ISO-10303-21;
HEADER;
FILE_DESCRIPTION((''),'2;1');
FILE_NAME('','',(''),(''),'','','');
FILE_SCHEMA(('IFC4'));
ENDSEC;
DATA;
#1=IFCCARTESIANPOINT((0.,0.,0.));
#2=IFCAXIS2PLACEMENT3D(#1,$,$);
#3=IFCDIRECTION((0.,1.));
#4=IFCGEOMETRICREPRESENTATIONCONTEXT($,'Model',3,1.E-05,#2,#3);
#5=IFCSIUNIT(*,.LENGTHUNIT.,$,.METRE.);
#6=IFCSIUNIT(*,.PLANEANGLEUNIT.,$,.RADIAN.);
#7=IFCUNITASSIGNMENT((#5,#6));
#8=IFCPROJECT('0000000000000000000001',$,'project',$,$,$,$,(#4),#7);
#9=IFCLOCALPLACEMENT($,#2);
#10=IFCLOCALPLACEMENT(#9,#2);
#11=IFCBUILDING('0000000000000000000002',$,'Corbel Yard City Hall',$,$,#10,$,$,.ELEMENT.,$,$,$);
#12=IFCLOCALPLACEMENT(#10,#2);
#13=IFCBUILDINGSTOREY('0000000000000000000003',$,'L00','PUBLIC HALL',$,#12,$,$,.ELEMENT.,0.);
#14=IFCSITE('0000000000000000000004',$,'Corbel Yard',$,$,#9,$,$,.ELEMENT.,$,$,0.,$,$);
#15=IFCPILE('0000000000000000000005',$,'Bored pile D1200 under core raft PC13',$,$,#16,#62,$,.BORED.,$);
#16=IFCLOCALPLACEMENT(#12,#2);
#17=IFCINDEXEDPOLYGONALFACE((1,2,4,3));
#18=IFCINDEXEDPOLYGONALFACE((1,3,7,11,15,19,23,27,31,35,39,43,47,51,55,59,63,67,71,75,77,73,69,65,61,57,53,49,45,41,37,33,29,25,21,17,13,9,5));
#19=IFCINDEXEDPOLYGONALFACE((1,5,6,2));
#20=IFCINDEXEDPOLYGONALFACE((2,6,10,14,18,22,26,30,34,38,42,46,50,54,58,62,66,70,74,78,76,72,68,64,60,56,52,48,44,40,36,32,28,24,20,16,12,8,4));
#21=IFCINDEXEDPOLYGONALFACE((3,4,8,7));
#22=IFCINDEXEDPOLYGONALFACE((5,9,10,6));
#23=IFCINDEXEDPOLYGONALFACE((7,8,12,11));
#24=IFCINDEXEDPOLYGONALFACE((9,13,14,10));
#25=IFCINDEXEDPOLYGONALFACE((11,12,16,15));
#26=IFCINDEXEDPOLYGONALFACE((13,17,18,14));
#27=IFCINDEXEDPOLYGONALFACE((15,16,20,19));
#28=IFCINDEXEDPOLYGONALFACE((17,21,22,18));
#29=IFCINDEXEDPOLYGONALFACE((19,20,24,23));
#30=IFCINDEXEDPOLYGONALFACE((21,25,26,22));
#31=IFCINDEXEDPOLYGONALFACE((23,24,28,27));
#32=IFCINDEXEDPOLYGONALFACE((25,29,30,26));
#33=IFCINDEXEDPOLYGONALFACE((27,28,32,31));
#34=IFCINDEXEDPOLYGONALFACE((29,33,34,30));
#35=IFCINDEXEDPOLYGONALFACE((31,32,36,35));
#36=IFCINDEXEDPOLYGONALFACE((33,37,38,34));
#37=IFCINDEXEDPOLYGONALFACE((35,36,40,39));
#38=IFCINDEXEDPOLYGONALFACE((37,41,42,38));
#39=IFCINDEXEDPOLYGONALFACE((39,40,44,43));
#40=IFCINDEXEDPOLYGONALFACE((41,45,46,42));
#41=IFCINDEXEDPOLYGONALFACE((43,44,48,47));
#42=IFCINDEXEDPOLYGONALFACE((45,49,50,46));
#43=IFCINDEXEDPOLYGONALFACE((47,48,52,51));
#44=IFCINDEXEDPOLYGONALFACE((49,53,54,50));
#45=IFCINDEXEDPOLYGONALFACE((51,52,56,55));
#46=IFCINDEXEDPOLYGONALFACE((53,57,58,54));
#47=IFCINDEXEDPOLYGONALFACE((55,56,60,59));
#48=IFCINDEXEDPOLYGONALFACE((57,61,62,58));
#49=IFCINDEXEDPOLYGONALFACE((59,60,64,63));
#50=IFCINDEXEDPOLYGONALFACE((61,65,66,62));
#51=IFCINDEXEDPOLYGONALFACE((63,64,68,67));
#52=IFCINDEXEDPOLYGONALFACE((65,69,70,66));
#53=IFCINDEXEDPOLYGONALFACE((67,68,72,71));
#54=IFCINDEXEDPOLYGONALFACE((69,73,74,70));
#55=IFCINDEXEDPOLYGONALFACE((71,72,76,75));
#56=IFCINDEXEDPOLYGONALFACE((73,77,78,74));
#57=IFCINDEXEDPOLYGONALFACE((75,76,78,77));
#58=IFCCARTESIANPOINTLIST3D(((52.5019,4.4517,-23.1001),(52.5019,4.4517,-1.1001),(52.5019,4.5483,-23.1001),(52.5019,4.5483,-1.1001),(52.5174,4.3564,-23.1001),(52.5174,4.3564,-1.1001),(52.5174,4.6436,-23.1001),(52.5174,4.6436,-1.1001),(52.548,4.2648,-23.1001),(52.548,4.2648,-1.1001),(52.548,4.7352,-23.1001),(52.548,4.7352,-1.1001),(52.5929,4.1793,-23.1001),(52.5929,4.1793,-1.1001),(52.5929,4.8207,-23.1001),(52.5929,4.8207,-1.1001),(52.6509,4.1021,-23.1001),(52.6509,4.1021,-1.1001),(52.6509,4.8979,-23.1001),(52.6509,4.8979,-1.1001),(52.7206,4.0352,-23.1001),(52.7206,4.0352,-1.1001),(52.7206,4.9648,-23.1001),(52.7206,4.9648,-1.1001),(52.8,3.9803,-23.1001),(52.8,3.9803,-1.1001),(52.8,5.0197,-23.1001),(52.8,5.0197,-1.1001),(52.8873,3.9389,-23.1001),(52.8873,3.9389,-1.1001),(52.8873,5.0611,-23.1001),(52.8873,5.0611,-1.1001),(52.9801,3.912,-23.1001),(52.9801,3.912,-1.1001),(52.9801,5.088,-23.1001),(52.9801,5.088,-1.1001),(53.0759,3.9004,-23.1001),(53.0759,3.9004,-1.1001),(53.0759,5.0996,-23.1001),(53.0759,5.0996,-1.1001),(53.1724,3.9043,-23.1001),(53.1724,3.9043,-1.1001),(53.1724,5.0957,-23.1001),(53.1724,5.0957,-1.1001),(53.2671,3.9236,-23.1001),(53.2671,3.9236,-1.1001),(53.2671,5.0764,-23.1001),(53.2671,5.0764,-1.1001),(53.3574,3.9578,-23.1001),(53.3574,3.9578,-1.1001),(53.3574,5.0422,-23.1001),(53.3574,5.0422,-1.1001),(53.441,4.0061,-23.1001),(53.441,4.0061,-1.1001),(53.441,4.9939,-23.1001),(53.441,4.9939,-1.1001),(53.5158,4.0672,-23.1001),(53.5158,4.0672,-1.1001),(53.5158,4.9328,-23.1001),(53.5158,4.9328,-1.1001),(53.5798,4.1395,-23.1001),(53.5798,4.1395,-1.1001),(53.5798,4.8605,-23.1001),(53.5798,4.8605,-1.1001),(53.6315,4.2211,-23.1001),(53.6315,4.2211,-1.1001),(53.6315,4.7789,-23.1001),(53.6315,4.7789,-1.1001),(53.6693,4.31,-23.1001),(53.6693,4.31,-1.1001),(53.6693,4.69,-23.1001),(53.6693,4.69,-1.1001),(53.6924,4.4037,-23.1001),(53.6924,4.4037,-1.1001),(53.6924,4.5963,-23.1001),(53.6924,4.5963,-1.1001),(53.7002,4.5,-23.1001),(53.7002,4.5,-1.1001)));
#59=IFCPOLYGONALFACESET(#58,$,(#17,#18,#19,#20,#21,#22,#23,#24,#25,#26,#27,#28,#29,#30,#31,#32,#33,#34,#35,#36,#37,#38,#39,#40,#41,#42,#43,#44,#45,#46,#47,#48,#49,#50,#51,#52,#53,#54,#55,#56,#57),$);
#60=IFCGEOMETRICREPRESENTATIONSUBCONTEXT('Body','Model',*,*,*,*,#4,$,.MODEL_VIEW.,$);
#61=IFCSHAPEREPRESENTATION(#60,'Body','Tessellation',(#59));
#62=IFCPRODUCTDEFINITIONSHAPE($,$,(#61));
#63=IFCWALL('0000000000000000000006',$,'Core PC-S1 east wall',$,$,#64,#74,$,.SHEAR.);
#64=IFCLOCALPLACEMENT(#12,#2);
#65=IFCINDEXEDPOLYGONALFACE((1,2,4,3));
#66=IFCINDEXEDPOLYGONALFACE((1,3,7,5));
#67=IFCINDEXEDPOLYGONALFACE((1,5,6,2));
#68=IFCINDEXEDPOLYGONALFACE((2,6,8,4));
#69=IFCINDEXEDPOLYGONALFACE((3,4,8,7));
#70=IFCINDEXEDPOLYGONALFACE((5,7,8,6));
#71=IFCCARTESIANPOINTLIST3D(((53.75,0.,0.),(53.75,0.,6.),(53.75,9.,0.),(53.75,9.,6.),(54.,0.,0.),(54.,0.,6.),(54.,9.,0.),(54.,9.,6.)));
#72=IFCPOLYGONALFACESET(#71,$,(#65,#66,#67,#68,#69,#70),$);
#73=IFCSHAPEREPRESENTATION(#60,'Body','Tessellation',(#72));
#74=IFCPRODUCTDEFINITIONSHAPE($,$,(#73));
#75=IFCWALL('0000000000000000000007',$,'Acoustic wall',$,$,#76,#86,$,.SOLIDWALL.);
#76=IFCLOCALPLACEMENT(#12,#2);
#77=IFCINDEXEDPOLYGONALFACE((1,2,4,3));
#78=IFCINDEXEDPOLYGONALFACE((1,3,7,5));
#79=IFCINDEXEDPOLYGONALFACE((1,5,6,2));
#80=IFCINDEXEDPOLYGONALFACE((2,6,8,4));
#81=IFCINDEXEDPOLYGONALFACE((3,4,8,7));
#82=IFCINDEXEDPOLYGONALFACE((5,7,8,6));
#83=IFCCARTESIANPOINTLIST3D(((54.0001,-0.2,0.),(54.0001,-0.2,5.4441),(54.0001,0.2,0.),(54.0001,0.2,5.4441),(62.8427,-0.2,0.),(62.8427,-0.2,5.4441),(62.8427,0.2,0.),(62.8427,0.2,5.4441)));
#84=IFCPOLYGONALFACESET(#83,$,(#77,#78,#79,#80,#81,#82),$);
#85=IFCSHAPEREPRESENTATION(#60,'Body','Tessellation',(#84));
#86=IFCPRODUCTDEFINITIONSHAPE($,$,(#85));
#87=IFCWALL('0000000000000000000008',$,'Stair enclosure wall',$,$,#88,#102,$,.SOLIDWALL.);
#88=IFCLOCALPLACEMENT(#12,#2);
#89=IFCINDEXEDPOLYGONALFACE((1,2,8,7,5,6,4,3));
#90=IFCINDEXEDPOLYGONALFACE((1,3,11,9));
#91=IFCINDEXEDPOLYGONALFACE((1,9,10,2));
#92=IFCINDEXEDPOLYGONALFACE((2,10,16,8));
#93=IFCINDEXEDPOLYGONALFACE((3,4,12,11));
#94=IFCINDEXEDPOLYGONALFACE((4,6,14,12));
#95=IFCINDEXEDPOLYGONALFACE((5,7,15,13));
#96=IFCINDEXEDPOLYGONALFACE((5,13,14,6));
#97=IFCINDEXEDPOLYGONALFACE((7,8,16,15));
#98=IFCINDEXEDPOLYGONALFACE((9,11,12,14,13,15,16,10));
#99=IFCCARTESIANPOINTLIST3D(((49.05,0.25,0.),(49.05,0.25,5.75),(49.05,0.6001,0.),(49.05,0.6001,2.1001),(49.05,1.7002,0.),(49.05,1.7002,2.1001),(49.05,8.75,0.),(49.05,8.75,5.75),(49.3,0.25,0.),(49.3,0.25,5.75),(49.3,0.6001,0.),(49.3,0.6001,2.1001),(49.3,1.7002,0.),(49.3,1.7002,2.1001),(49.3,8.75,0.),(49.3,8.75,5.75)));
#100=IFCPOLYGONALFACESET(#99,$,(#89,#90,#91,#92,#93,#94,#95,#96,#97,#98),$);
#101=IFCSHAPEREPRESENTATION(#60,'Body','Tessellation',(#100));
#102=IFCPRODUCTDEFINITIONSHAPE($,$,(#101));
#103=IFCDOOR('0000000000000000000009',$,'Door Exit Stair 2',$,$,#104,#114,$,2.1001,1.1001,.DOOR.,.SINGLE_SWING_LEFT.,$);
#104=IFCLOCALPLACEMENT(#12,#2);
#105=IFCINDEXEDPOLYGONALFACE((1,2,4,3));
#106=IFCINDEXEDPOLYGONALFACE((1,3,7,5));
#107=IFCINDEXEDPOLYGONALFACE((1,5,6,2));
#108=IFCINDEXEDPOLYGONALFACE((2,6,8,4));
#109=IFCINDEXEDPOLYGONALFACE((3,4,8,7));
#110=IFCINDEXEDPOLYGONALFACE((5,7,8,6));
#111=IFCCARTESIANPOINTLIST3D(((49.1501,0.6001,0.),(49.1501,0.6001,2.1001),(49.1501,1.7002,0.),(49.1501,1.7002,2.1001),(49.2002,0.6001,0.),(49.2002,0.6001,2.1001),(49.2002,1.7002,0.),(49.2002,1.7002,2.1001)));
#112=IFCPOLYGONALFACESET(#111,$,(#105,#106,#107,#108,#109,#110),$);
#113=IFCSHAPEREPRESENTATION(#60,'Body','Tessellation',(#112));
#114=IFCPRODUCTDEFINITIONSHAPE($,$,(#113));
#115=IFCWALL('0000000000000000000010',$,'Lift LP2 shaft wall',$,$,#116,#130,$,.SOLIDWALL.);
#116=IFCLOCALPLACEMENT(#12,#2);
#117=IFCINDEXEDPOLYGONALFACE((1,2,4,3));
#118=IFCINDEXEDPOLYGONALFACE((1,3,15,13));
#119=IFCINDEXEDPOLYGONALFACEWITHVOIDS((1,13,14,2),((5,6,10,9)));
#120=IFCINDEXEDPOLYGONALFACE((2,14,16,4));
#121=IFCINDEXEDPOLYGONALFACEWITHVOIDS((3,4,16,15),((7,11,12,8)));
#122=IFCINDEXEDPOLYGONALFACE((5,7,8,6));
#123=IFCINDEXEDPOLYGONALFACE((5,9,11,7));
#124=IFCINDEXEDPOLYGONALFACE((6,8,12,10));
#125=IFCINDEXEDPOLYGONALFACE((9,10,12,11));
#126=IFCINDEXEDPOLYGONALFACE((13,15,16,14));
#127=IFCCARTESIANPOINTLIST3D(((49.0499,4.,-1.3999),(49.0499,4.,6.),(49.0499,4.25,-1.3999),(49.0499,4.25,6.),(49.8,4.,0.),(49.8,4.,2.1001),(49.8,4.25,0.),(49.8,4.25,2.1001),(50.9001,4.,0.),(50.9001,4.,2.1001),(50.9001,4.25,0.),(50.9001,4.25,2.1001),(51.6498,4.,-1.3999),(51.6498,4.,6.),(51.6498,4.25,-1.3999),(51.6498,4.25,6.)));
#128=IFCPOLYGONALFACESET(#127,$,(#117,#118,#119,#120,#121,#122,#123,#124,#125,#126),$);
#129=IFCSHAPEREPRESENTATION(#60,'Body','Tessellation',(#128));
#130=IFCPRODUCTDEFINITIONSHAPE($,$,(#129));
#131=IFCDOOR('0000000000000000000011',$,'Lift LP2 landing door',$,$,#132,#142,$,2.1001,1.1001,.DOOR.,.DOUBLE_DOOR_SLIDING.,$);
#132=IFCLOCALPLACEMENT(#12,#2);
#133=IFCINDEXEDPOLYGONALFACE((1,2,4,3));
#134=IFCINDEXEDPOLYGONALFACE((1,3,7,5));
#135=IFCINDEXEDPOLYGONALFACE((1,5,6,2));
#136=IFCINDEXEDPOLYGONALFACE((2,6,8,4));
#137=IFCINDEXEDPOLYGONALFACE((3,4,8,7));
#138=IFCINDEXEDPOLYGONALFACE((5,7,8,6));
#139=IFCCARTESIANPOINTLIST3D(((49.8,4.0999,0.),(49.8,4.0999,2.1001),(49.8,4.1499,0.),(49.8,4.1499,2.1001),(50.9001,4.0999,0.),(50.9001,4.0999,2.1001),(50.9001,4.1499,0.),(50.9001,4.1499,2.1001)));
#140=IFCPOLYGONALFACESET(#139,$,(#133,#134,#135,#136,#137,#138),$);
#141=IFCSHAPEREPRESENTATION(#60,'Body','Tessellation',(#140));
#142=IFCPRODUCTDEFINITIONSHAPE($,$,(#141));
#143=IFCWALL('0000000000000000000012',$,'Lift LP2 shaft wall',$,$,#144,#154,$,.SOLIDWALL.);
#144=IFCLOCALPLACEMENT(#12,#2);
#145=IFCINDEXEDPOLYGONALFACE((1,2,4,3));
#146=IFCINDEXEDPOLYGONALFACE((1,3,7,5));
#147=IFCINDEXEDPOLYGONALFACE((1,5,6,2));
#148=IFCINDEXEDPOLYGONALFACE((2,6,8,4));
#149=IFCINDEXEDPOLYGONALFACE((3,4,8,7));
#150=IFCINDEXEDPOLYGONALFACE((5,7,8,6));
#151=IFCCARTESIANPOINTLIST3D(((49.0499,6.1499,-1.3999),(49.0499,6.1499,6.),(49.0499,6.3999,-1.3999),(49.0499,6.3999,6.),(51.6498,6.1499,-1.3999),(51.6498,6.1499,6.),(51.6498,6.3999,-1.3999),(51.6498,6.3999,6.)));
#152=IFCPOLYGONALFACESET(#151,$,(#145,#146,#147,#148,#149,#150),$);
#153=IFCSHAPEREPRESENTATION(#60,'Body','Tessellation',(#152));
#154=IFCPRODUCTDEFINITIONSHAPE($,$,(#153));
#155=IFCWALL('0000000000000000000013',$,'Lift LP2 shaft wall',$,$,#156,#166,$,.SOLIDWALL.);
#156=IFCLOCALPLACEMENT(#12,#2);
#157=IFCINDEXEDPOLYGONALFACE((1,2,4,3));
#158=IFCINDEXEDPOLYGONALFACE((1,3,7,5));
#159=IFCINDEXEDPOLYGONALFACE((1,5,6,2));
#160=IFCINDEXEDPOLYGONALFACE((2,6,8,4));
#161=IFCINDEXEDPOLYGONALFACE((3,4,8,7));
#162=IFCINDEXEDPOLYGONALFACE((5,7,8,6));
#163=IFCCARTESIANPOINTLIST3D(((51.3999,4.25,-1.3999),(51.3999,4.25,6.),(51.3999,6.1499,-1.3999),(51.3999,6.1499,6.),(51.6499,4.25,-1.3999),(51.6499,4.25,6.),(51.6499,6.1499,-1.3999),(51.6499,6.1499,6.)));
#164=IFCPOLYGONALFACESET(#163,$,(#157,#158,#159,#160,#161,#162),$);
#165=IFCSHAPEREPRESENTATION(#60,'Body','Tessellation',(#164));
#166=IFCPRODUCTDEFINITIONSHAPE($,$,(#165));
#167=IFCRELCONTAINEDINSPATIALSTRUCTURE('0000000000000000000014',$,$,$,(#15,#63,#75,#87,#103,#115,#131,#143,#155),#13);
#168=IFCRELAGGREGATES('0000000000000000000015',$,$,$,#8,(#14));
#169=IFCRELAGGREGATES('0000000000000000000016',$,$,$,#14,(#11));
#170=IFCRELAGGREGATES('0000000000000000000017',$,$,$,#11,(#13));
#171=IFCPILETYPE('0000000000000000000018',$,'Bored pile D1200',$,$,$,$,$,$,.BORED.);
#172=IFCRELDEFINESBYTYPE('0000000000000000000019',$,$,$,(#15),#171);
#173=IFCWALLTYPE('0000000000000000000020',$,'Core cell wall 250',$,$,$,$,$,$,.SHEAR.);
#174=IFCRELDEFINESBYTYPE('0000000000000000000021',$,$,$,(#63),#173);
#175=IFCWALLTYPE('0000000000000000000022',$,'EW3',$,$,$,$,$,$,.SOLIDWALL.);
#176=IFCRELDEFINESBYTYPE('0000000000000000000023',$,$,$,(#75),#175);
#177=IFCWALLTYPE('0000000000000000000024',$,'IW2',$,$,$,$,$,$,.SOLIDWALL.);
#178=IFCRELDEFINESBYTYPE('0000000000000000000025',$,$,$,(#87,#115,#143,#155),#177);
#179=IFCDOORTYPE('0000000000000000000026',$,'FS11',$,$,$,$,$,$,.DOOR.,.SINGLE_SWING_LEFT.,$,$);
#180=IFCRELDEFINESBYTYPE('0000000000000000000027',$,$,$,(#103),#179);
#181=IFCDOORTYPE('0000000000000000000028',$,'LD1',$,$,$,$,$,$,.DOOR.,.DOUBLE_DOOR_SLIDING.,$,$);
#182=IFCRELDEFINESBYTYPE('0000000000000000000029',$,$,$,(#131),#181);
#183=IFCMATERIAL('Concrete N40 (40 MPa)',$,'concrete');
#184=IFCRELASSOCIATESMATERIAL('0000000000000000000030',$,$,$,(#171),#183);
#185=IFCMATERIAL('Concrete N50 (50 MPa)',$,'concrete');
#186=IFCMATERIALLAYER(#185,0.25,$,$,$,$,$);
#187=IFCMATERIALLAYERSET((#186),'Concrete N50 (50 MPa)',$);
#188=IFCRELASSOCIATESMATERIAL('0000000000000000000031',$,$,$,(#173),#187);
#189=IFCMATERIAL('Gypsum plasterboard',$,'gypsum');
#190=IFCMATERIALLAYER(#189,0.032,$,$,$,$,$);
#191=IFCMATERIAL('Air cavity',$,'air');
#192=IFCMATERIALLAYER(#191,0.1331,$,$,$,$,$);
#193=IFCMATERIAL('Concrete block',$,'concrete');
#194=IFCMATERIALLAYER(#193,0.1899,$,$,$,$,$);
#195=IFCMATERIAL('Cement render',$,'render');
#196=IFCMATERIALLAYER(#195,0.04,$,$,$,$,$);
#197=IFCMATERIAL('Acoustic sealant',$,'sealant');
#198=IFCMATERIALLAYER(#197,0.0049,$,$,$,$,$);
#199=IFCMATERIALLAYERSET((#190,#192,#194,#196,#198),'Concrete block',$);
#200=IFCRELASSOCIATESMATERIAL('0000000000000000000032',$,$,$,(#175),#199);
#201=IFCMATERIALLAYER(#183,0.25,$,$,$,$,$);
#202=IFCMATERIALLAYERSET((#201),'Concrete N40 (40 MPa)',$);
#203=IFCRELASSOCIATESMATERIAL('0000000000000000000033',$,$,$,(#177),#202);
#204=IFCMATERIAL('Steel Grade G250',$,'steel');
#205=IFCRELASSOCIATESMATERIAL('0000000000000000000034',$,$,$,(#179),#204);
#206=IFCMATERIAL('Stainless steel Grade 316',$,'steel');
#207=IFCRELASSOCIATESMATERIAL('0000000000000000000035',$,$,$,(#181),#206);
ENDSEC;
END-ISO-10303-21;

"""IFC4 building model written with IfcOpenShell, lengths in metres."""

from ifc_helpers import new_model, si_unit, direction, frame, frame_2d, origin, origin_2d, place, context, subcontext, project, spatial, rectangle, circle, extrude, material, layer, layer_set, material_profile, profile_set, type_object, element, fill, save


model = new_model("IFC4")

# Units and contexts
model_context = context("Model", 3, precision=1e-05, world=origin(), true_north=direction((0.0, 1.0)))
body_context = subcontext(model_context, "Body", "Model", "MODEL_VIEW")
ifc_project = project(units=[si_unit("LENGTHUNIT", "METRE"), si_unit("PLANEANGLEUNIT", "RADIAN")], contexts=[model_context])

# Site, building, storey
site_placement = place(None, origin())
site = spatial("IfcSite", under=ifc_project, at=site_placement, Name="Corbel Yard", CompositionType="ELEMENT", RefElevation=0.0)
building_placement = place(site_placement, origin())
building = spatial("IfcBuilding", under=site, at=building_placement, Name="Corbel Yard City Hall", CompositionType="ELEMENT")
storey_placement = place(building_placement, origin())
storey = spatial("IfcBuildingStorey", under=building, at=storey_placement, Name="L00", Description="PUBLIC HALL", CompositionType="ELEMENT", Elevation=0.0)

# Pile
ifc_material_1 = material(Name="Concrete N40 (40 MPa)", Category="concrete")
ifc_material_profile = material_profile(ifc_material_1, circle(Radius=0.6001, at=origin_2d()), Name="D1200")
ifc_profile_set = profile_set([ifc_material_profile], Name="Concrete N40 (40 MPa)")
pile_type = type_object("IfcPileType", Name="Bored pile D1200", PredefinedType="BORED", material=ifc_profile_set)
for number, where, z_axis, x_axis, name in (
    (1, (53.1001, 4.5, -1.1001), (0.0, 0.0, -1.0), (1.0, 0.0, 0.0), "Bored pile D1200 under core raft PC13"),
):
    element("IfcPile", number, at=place(storey_placement, frame(where, z_axis=z_axis, x_axis=x_axis)), inside=storey, type_object=pile_type, Name=name, PredefinedType="BORED", context=body_context, shape_type="SweptSolid", body=[
        extrude(circle(Radius=0.6001, at=origin_2d()), origin(), (0.0, 0.0, 1.0), 22.0),
    ])

# Walls
ifc_material_2 = material(Name="Concrete N50 (50 MPa)", Category="concrete")
ifc_layer_1 = layer(ifc_material_2, 0.25)
ifc_layer_set_1 = layer_set([ifc_layer_1], Name="Concrete N50 (50 MPa)")
wall_type_1 = type_object("IfcWallType", Name="Core cell wall 250", PredefinedType="SHEAR", material=ifc_layer_set_1)
wall_1_placement = place(storey_placement, frame((53.875, 0.0, 0.0), z_axis=(0.0, 0.0, 1.0), x_axis=(0.0, 1.0, 0.0)))
element("IfcWall", 2, at=wall_1_placement, inside=storey, type_object=wall_type_1, Name="Core PC-S1 east wall", PredefinedType="SHEAR", context=body_context, shape_type="SweptSolid", body=[
    extrude(rectangle(XDim=9.0, YDim=0.25, at=frame_2d((4.5, 0.0))), origin(), (0.0, 0.0, 1.0), 6.0),
])
ifc_material_3 = material(Name="Gypsum plasterboard", Category="gypsum")
ifc_layer_2 = layer(ifc_material_3, 0.032)
ifc_material_4 = material(Name="Air cavity", Category="air")
ifc_layer_3 = layer(ifc_material_4, 0.1331)
ifc_material_5 = material(Name="Concrete block", Category="concrete")
ifc_layer_4 = layer(ifc_material_5, 0.1899)
ifc_material_6 = material(Name="Cement render", Category="render")
ifc_layer_5 = layer(ifc_material_6, 0.04)
ifc_material_7 = material(Name="Acoustic sealant", Category="sealant")
ifc_layer_6 = layer(ifc_material_7, 0.0049)
ifc_layer_set_2 = layer_set([ifc_layer_2, ifc_layer_3, ifc_layer_4, ifc_layer_5, ifc_layer_6], Name="Concrete block")
wall_type_2 = type_object("IfcWallType", Name="EW3", PredefinedType="SOLIDWALL", material=ifc_layer_set_2)
wall_2_placement = place(storey_placement, frame((54.0, 0.0, 0.0), z_axis=(0.0, 0.0, 1.0), x_axis=(1.0, 0.0, 0.0)))
element("IfcWall", 3, at=wall_2_placement, inside=storey, type_object=wall_type_2, Name="Acoustic wall", PredefinedType="SOLIDWALL", context=body_context, shape_type="SweptSolid", body=[
    extrude(rectangle(XDim=8.8425, YDim=0.3999, at=frame_2d((4.4214, 0.0))), origin(), (0.0, 0.0, 1.0), 5.4441),
])

# Walls, openings, doors
ifc_layer_7 = layer(ifc_material_1, 0.25)
ifc_layer_set_3 = layer_set([ifc_layer_7], Name="Concrete N40 (40 MPa)")
wall_type_3 = type_object("IfcWallType", Name="IW2", PredefinedType="SOLIDWALL", material=ifc_layer_set_3)
wall_3_placement = place(storey_placement, frame((49.175, 0.25, 0.0), z_axis=(0.0, 0.0, 1.0), x_axis=(0.0, 1.0, 0.0)))
wall_3 = element("IfcWall", 4, at=wall_3_placement, inside=storey, type_object=wall_type_3, Name="Stair enclosure wall", PredefinedType="SOLIDWALL", context=body_context, shape_type="SweptSolid", body=[
    extrude(rectangle(XDim=8.5, YDim=0.25, at=frame_2d((4.25, 0.0))), origin(), (0.0, 0.0, 1.0), 5.75),
])
opening_1_placement = place(wall_3_placement, frame((0.3501, 0.0, 0.0)))
opening_1 = element("IfcOpeningElement", 5, at=opening_1_placement, cuts=wall_3, PredefinedType="OPENING", context=body_context, shape_type="SweptSolid", body=[
    extrude(rectangle(XDim=1.1001, YDim=2.1001, at=frame_2d((0.55, 1.05))), frame((0.0, 0.135, 0.0), z_axis=(0.0, -1.0, 0.0), x_axis=(1.0, 0.0, 0.0)), (0.0, 0.0, 1.0), 0.27),
])
ifc_material_8 = material(Name="Steel Grade G250", Category="steel")
door_type_1 = type_object("IfcDoorType", Name="FS11", OperationType="SINGLE_SWING_LEFT", PredefinedType="DOOR", material=ifc_material_8)
door_1_placement = place(opening_1_placement, origin())
door_1 = element("IfcDoor", 6, at=door_1_placement, inside=storey, type_object=door_type_1, Name="Door Exit Stair 2", OperationType="SINGLE_SWING_LEFT", OverallHeight=2.1001, OverallWidth=1.1001, PredefinedType="DOOR", context=body_context, shape_type="SweptSolid", body=[
    extrude(rectangle(XDim=1.1001, YDim=2.1001, at=frame_2d((0.55, 1.05))), frame((0.0, 0.0249, 0.0), z_axis=(0.0, -1.0, 0.0), x_axis=(1.0, 0.0, 0.0)), (0.0, 0.0, 1.0), 0.05),
])
fill(opening_1, door_1)
wall_4_placement = place(storey_placement, frame((49.05, 4.125, -1.3999), z_axis=(0.0, 0.0, 1.0), x_axis=(1.0, 0.0, 0.0)))
wall_4 = element("IfcWall", 7, at=wall_4_placement, inside=storey, type_object=wall_type_3, Name="Lift LP2 shaft wall", PredefinedType="SOLIDWALL", context=body_context, shape_type="SweptSolid", body=[
    extrude(rectangle(XDim=2.5999, YDim=0.25, at=frame_2d((1.2998, 0.0))), origin(), (0.0, 0.0, 1.0), 7.3999),
])
opening_2_placement = place(wall_4_placement, frame((0.75, 0.0, 1.3999)))
opening_2 = element("IfcOpeningElement", 8, at=opening_2_placement, cuts=wall_4, PredefinedType="OPENING", context=body_context, shape_type="SweptSolid", body=[
    extrude(rectangle(XDim=1.1001, YDim=2.1001, at=frame_2d((0.55, 1.05))), frame((0.0, 0.135, 0.0), z_axis=(0.0, -1.0, 0.0), x_axis=(1.0, 0.0, 0.0)), (0.0, 0.0, 1.0), 0.27),
])
ifc_material_9 = material(Name="Stainless steel Grade 316", Category="steel")
door_type_2 = type_object("IfcDoorType", Name="LD1", OperationType="DOUBLE_DOOR_SLIDING", PredefinedType="DOOR", material=ifc_material_9)
door_2_placement = place(opening_2_placement, origin())
door_2 = element("IfcDoor", 9, at=door_2_placement, inside=storey, type_object=door_type_2, Name="Lift LP2 landing door", OperationType="DOUBLE_DOOR_SLIDING", OverallHeight=2.1001, OverallWidth=1.1001, PredefinedType="DOOR", context=body_context, shape_type="SweptSolid", body=[
    extrude(rectangle(XDim=1.1001, YDim=2.1001, at=frame_2d((0.55, 1.05))), frame((0.0, 0.0249, 0.0), z_axis=(0.0, -1.0, 0.0), x_axis=(1.0, 0.0, 0.0)), (0.0, 0.0, 1.0), 0.05),
])
fill(opening_2, door_2)

# Walls
wall_5_placement = place(storey_placement, frame((49.05, 6.2749, -1.3999), z_axis=(0.0, 0.0, 1.0), x_axis=(1.0, 0.0, 0.0)))
element("IfcWall", 10, at=wall_5_placement, inside=storey, type_object=wall_type_3, Name="Lift LP2 shaft wall", PredefinedType="SOLIDWALL", context=body_context, shape_type="SweptSolid", body=[
    extrude(rectangle(XDim=2.5999, YDim=0.25, at=frame_2d((1.2998, 0.0))), origin(), (0.0, 0.0, 1.0), 7.3999),
])
wall_6_placement = place(storey_placement, frame((51.5249, 4.25, -1.3999), z_axis=(0.0, 0.0, 1.0), x_axis=(0.0, 1.0, 0.0)))
element("IfcWall", 11, at=wall_6_placement, inside=storey, type_object=wall_type_3, Name="Lift LP2 shaft wall", PredefinedType="SOLIDWALL", context=body_context, shape_type="SweptSolid", body=[
    extrude(rectangle(XDim=1.8999, YDim=0.25, at=frame_2d((0.95, 0.0))), origin(), (0.0, 0.0, 1.0), 7.3999),
])

save(model, "model.ifc")
